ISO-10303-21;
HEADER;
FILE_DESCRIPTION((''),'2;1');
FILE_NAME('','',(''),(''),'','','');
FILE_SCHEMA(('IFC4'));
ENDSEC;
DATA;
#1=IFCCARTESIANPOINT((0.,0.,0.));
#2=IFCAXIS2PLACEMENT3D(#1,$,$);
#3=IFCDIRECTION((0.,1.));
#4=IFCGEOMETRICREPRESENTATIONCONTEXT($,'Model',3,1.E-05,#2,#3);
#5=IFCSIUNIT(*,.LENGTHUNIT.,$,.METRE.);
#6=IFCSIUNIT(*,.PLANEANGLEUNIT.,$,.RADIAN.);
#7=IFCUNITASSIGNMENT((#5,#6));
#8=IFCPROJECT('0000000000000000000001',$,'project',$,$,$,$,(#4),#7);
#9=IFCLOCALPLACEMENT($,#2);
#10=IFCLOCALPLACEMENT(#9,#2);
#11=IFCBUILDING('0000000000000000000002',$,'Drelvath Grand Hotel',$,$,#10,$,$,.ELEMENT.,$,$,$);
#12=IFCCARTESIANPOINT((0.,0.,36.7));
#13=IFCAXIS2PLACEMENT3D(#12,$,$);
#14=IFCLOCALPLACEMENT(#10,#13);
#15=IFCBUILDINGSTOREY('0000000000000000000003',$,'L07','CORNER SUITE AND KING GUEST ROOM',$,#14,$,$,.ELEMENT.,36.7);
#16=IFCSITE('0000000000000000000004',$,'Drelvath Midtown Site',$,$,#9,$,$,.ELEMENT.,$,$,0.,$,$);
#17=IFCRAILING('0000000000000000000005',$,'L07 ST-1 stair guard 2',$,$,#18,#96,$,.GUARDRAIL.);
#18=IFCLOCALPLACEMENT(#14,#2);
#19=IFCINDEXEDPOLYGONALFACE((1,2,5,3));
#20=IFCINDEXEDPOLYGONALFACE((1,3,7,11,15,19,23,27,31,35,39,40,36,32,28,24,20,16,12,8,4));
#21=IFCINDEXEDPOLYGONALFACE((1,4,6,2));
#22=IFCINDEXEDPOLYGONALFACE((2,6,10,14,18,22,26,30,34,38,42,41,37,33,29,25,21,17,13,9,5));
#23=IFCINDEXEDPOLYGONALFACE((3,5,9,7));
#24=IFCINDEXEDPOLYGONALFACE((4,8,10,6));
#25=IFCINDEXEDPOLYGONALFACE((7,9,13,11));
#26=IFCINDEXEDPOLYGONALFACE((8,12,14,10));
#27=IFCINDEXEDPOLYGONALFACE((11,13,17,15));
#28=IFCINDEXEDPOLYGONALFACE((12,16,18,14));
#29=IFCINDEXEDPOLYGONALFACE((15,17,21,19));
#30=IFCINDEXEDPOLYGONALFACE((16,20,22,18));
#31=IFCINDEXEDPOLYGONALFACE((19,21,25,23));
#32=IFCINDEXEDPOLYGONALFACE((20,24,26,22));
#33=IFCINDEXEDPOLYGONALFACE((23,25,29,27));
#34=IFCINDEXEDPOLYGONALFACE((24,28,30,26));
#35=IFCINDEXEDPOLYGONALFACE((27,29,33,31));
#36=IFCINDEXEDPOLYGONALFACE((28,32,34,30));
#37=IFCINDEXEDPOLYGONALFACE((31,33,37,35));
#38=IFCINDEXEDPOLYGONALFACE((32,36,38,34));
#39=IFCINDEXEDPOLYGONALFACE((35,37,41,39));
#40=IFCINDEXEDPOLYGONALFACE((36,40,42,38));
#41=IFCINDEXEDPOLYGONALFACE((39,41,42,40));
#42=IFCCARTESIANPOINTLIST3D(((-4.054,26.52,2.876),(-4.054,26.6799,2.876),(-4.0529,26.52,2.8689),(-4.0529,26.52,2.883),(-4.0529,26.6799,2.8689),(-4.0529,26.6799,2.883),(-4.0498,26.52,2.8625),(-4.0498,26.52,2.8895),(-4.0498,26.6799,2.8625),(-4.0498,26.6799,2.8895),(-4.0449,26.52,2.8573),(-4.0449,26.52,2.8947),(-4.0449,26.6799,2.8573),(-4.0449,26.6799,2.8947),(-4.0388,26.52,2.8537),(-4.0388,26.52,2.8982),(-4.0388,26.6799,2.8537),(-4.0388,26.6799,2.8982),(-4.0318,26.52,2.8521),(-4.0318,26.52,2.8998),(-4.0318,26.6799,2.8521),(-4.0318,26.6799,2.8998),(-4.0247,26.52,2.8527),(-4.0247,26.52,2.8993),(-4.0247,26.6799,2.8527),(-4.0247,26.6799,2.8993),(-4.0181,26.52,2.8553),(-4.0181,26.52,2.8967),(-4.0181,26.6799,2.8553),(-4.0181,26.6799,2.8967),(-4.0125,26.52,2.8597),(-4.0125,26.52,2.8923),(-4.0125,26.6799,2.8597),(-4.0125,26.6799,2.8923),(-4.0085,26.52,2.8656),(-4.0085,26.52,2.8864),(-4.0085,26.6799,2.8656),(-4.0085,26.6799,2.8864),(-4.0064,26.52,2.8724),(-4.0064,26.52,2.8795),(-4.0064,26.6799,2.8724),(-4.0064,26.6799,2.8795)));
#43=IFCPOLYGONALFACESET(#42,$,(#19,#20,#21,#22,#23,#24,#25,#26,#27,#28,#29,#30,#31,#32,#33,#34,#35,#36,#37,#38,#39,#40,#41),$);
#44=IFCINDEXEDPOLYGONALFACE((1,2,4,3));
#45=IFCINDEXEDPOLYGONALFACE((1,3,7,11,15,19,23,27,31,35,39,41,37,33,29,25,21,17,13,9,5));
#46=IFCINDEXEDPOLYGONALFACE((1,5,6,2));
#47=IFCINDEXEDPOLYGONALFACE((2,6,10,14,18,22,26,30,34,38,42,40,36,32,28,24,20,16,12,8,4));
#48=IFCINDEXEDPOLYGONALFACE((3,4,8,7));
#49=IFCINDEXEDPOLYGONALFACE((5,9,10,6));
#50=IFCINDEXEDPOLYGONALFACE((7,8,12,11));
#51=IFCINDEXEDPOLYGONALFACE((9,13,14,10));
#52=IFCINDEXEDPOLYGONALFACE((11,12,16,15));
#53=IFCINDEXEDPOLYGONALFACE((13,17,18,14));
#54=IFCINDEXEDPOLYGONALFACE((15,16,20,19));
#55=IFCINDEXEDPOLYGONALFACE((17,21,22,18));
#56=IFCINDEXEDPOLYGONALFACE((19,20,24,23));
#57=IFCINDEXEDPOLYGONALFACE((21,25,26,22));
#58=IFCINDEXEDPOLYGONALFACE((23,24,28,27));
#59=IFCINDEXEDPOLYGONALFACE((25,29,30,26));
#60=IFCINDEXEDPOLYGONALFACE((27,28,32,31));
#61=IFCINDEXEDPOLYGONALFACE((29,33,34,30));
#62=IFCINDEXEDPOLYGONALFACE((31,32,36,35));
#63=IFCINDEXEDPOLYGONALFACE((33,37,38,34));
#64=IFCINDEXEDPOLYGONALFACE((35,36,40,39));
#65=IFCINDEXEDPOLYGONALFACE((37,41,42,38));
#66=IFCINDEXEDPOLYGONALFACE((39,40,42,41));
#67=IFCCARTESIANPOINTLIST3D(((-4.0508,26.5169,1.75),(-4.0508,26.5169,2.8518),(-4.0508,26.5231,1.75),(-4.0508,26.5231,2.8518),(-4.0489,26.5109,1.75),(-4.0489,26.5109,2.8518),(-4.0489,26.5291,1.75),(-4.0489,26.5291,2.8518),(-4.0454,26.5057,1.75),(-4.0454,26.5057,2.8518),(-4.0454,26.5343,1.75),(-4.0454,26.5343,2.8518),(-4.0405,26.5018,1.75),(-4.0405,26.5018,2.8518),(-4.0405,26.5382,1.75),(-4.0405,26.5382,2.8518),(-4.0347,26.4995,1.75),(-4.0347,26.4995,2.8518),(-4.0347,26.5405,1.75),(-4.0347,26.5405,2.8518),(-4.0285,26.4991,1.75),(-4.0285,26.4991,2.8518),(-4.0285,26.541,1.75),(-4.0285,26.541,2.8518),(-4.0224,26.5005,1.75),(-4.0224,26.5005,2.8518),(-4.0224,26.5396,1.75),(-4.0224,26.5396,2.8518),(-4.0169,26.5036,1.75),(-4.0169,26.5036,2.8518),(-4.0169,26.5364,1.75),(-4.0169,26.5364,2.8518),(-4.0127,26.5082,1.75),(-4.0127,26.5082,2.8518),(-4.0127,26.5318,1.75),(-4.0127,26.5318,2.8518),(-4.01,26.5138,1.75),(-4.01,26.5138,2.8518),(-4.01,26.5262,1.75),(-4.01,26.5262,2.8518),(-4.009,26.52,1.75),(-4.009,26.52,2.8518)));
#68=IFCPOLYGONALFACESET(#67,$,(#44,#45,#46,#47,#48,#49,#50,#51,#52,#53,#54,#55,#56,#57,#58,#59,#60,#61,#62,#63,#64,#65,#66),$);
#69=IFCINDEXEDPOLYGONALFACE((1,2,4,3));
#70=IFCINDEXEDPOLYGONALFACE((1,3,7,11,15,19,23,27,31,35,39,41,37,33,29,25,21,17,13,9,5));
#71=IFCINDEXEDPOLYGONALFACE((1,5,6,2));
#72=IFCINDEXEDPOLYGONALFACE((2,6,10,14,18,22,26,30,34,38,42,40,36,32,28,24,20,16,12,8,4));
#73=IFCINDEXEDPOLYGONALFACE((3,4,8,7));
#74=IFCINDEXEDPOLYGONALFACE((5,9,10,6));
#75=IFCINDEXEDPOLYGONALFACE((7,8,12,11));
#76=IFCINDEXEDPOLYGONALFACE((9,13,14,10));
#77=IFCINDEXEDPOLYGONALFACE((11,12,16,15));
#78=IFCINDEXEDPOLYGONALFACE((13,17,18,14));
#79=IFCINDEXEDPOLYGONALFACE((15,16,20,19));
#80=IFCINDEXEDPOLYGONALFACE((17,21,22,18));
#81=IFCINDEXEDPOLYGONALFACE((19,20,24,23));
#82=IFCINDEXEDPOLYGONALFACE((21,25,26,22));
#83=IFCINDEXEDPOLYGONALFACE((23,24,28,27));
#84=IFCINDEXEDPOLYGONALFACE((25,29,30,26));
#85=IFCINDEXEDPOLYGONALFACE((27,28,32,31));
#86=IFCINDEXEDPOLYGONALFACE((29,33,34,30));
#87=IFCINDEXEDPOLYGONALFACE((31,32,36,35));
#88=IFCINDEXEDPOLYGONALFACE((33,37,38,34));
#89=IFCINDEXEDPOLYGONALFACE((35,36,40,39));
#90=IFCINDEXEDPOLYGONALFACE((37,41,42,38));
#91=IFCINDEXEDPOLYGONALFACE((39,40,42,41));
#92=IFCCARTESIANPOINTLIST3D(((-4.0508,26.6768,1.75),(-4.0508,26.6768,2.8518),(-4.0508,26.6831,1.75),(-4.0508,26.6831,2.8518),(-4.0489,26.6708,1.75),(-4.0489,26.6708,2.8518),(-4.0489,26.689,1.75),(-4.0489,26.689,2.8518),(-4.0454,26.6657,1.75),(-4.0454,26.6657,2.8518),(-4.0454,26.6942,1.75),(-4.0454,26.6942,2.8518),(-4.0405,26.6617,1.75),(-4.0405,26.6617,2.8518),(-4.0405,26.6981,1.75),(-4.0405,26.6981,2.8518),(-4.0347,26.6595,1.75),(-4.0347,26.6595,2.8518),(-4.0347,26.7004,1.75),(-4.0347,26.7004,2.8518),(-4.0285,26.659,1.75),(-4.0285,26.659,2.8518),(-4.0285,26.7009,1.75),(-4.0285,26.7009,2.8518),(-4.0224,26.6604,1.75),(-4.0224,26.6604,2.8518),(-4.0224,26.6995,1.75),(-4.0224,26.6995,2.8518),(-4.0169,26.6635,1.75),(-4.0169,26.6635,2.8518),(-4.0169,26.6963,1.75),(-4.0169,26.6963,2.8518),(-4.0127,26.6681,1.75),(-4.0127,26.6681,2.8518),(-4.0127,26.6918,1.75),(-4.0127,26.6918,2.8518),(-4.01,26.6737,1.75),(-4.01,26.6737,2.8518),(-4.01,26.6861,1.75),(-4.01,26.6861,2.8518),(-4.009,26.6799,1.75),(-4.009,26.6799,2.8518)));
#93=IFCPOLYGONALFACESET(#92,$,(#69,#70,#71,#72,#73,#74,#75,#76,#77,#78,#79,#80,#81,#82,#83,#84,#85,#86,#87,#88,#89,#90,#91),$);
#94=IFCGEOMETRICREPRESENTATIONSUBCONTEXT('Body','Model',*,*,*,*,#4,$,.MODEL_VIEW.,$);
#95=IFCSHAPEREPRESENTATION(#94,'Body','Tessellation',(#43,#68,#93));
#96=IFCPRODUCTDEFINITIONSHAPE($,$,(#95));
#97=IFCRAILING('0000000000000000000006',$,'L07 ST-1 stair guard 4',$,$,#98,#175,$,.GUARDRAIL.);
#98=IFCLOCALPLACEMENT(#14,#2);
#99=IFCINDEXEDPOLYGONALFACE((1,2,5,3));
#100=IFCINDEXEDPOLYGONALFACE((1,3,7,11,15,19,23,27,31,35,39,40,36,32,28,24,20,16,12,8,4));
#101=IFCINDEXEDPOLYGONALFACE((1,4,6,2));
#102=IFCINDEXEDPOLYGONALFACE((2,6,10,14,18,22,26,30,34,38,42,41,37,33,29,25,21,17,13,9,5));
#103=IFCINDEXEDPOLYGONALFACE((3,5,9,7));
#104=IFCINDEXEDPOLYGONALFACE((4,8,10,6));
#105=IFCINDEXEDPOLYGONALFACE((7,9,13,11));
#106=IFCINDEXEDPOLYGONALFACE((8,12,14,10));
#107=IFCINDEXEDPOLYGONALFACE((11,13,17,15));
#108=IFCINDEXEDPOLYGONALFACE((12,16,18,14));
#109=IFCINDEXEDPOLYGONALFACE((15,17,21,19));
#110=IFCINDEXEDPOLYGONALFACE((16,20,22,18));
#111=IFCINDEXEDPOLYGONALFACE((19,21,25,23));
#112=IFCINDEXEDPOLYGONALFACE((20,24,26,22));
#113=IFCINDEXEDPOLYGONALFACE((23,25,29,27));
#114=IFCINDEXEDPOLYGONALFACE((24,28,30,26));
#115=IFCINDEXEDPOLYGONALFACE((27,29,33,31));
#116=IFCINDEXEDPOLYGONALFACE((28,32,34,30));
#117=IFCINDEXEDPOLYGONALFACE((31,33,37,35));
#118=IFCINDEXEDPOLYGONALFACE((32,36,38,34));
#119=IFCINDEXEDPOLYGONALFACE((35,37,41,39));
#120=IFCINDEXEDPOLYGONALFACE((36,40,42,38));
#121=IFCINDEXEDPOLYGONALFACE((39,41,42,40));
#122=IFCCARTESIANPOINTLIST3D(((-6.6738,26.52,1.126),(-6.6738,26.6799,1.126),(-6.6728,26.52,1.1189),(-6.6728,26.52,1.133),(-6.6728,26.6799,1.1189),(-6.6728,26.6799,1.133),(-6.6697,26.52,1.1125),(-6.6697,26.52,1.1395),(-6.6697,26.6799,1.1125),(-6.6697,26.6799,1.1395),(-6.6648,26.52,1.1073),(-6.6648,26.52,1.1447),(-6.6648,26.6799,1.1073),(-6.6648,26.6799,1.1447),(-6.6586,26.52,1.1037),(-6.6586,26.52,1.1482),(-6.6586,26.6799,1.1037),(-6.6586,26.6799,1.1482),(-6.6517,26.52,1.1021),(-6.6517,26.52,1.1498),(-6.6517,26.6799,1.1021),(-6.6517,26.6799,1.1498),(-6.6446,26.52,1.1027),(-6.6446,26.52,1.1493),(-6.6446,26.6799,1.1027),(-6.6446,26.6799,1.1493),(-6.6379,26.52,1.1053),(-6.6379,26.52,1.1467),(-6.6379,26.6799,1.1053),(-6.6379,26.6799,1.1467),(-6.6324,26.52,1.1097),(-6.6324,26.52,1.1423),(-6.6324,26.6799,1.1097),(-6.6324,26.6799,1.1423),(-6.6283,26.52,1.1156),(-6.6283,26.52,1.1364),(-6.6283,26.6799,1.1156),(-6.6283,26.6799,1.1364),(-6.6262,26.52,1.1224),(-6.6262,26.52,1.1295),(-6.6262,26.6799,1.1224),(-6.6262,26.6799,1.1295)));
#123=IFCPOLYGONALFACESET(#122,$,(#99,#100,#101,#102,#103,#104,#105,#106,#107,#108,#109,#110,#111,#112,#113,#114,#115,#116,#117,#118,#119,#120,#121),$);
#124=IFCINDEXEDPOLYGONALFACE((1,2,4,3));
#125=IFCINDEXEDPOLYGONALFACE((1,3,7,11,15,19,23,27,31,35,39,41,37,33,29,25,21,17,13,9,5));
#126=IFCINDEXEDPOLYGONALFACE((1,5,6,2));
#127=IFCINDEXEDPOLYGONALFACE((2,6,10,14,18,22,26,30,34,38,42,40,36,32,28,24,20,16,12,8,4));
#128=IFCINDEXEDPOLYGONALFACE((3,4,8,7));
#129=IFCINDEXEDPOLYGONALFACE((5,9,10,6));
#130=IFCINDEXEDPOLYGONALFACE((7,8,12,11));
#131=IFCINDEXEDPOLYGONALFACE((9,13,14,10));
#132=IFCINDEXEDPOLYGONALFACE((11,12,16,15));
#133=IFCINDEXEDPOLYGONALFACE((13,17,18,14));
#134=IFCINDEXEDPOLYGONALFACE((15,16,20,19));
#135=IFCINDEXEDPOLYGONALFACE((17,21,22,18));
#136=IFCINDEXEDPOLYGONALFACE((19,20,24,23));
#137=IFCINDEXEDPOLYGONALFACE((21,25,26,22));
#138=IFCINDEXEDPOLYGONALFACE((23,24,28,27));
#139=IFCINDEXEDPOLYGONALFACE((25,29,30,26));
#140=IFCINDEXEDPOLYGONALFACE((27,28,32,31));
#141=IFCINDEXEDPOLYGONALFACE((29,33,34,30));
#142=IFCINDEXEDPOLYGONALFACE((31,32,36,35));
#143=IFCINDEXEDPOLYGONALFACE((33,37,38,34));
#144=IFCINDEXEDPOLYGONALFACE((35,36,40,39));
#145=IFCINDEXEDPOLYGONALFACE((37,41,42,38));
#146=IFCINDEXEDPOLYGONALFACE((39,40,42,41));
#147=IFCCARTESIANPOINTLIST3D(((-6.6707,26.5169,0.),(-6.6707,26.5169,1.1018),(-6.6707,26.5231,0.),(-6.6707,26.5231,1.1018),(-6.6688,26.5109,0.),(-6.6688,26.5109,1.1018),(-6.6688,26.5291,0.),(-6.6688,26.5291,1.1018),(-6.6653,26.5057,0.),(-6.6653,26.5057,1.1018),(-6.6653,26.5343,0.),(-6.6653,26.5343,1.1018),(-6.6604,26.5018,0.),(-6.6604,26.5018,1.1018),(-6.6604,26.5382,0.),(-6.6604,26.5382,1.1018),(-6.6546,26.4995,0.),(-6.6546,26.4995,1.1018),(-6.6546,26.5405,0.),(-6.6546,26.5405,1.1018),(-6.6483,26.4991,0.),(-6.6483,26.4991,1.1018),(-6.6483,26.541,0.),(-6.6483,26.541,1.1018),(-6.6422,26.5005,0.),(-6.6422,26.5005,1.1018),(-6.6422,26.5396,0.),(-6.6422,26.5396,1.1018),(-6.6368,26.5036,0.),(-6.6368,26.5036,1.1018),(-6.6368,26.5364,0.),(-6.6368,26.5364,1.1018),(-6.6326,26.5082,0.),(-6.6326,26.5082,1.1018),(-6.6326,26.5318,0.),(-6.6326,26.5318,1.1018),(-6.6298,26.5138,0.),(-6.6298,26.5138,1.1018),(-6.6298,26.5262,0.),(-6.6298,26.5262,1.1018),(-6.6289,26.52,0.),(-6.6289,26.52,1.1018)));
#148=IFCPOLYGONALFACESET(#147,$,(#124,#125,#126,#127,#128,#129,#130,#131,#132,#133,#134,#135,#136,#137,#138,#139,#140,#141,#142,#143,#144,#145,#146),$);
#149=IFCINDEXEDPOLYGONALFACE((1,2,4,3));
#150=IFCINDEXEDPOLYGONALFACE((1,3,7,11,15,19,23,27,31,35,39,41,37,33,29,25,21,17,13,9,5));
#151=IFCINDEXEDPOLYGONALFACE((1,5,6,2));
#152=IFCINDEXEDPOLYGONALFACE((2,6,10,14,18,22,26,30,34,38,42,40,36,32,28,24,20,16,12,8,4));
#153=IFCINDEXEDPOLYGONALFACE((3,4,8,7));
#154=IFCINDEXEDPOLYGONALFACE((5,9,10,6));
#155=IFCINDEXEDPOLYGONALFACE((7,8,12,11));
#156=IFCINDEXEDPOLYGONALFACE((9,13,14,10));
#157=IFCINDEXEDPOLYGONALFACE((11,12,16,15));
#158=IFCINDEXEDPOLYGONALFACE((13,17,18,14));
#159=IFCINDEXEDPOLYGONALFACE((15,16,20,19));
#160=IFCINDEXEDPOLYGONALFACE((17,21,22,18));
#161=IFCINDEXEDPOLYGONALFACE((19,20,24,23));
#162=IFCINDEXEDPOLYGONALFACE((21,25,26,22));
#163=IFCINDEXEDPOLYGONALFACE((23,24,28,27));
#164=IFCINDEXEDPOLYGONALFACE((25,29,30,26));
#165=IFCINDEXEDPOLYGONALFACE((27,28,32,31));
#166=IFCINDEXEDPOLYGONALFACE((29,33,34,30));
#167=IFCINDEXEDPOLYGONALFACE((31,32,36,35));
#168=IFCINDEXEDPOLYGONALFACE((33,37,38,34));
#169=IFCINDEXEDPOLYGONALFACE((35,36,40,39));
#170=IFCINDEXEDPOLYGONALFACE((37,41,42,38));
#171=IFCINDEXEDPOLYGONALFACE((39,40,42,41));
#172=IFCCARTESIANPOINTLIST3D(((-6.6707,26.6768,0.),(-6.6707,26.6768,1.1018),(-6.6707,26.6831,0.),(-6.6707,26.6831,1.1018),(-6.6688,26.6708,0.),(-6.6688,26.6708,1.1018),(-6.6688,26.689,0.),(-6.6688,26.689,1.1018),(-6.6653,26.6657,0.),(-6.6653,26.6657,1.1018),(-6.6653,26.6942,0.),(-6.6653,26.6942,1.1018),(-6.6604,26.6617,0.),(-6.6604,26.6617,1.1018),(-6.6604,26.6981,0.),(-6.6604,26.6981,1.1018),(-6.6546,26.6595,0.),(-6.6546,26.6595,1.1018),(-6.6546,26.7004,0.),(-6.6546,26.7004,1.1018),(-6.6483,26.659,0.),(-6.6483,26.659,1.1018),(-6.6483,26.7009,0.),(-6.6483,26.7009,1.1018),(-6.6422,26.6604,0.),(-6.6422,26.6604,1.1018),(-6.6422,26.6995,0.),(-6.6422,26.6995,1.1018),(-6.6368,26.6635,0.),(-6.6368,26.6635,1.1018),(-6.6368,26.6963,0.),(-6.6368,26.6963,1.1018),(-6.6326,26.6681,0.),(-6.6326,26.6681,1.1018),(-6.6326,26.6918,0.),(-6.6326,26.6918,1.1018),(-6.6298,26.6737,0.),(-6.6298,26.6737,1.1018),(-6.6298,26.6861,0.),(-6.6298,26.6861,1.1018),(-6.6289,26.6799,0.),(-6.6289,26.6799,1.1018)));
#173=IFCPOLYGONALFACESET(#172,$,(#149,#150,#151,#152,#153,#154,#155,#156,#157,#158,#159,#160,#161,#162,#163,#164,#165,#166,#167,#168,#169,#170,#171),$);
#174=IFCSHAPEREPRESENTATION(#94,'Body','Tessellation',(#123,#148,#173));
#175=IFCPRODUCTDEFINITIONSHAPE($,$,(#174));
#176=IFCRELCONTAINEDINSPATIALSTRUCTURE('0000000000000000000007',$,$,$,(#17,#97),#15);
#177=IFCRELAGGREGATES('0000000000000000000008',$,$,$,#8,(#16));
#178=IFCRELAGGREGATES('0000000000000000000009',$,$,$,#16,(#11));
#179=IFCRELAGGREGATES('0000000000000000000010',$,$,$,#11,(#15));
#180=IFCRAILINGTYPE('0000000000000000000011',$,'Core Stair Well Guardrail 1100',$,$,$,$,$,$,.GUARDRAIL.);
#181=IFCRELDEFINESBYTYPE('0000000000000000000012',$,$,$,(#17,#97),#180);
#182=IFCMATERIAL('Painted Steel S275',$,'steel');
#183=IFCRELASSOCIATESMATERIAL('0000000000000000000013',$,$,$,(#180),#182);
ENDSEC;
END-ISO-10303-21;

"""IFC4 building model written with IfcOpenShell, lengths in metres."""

from ifc_helpers import new_model, si_unit, direction, frame, origin, origin_2d, place, context, subcontext, project, spatial, circle, extrude, material, type_object, element, save


model = new_model("IFC4")

# Units and contexts
model_context = context("Model", 3, precision=1e-05, world=origin(), true_north=direction((0.0, 1.0)))
body_context = subcontext(model_context, "Body", "Model", "MODEL_VIEW")
ifc_project = project(units=[si_unit("LENGTHUNIT", "METRE"), si_unit("PLANEANGLEUNIT", "RADIAN")], contexts=[model_context])

# Site, building, storey
site_placement = place(None, origin())
site = spatial("IfcSite", under=ifc_project, at=site_placement, Name="Drelvath Midtown Site", CompositionType="ELEMENT", RefElevation=0.0)
building_placement = place(site_placement, origin())
building = spatial("IfcBuilding", under=site, at=building_placement, Name="Drelvath Grand Hotel", CompositionType="ELEMENT")
storey_placement = place(building_placement, frame((0.0, 0.0, 36.7)))
storey = spatial("IfcBuildingStorey", under=building, at=storey_placement, Name="L07", Description="CORNER SUITE AND KING GUEST ROOM", CompositionType="ELEMENT", Elevation=36.7)

# Shared definitions
ifc_material_1 = material(Name="Painted Steel S275", Category="steel")

# Railings
railing_type_1 = type_object("IfcRailingType", Name="Core Stair Well Guardrail 1100", PredefinedType="GUARDRAIL", material=ifc_material_1)
for number, where, name in (
    (1, (-4.03, 26.52, 1.75), "L07 ST-1 stair guard 2"),
    (2, (-6.6499, 26.52, 0.0), "L07 ST-1 stair guard 4"),
):
    element("IfcRailing", number, at=place(storey_placement, frame(where)), inside=storey, type_object=railing_type_1, Name=name, PredefinedType="GUARDRAIL", context=body_context, shape_type="SweptSolid", body=[
        extrude(circle(Radius=0.0239, at=origin_2d()), frame((0.0, 0.0, 1.126), z_axis=(0.0, 1.0, 0.0), x_axis=(-1.0, 0.0, 0.0)), (0.0, 0.0, 1.0), 0.1599),
        extrude(circle(Radius=0.021, at=origin_2d()), origin(), (0.0, 0.0, 1.0), 1.1018),
        extrude(circle(Radius=0.021, at=origin_2d()), frame((0.0, 0.1599, 0.0)), (0.0, 0.0, 1.0), 1.1018),
    ])

save(model, "model.ifc")
